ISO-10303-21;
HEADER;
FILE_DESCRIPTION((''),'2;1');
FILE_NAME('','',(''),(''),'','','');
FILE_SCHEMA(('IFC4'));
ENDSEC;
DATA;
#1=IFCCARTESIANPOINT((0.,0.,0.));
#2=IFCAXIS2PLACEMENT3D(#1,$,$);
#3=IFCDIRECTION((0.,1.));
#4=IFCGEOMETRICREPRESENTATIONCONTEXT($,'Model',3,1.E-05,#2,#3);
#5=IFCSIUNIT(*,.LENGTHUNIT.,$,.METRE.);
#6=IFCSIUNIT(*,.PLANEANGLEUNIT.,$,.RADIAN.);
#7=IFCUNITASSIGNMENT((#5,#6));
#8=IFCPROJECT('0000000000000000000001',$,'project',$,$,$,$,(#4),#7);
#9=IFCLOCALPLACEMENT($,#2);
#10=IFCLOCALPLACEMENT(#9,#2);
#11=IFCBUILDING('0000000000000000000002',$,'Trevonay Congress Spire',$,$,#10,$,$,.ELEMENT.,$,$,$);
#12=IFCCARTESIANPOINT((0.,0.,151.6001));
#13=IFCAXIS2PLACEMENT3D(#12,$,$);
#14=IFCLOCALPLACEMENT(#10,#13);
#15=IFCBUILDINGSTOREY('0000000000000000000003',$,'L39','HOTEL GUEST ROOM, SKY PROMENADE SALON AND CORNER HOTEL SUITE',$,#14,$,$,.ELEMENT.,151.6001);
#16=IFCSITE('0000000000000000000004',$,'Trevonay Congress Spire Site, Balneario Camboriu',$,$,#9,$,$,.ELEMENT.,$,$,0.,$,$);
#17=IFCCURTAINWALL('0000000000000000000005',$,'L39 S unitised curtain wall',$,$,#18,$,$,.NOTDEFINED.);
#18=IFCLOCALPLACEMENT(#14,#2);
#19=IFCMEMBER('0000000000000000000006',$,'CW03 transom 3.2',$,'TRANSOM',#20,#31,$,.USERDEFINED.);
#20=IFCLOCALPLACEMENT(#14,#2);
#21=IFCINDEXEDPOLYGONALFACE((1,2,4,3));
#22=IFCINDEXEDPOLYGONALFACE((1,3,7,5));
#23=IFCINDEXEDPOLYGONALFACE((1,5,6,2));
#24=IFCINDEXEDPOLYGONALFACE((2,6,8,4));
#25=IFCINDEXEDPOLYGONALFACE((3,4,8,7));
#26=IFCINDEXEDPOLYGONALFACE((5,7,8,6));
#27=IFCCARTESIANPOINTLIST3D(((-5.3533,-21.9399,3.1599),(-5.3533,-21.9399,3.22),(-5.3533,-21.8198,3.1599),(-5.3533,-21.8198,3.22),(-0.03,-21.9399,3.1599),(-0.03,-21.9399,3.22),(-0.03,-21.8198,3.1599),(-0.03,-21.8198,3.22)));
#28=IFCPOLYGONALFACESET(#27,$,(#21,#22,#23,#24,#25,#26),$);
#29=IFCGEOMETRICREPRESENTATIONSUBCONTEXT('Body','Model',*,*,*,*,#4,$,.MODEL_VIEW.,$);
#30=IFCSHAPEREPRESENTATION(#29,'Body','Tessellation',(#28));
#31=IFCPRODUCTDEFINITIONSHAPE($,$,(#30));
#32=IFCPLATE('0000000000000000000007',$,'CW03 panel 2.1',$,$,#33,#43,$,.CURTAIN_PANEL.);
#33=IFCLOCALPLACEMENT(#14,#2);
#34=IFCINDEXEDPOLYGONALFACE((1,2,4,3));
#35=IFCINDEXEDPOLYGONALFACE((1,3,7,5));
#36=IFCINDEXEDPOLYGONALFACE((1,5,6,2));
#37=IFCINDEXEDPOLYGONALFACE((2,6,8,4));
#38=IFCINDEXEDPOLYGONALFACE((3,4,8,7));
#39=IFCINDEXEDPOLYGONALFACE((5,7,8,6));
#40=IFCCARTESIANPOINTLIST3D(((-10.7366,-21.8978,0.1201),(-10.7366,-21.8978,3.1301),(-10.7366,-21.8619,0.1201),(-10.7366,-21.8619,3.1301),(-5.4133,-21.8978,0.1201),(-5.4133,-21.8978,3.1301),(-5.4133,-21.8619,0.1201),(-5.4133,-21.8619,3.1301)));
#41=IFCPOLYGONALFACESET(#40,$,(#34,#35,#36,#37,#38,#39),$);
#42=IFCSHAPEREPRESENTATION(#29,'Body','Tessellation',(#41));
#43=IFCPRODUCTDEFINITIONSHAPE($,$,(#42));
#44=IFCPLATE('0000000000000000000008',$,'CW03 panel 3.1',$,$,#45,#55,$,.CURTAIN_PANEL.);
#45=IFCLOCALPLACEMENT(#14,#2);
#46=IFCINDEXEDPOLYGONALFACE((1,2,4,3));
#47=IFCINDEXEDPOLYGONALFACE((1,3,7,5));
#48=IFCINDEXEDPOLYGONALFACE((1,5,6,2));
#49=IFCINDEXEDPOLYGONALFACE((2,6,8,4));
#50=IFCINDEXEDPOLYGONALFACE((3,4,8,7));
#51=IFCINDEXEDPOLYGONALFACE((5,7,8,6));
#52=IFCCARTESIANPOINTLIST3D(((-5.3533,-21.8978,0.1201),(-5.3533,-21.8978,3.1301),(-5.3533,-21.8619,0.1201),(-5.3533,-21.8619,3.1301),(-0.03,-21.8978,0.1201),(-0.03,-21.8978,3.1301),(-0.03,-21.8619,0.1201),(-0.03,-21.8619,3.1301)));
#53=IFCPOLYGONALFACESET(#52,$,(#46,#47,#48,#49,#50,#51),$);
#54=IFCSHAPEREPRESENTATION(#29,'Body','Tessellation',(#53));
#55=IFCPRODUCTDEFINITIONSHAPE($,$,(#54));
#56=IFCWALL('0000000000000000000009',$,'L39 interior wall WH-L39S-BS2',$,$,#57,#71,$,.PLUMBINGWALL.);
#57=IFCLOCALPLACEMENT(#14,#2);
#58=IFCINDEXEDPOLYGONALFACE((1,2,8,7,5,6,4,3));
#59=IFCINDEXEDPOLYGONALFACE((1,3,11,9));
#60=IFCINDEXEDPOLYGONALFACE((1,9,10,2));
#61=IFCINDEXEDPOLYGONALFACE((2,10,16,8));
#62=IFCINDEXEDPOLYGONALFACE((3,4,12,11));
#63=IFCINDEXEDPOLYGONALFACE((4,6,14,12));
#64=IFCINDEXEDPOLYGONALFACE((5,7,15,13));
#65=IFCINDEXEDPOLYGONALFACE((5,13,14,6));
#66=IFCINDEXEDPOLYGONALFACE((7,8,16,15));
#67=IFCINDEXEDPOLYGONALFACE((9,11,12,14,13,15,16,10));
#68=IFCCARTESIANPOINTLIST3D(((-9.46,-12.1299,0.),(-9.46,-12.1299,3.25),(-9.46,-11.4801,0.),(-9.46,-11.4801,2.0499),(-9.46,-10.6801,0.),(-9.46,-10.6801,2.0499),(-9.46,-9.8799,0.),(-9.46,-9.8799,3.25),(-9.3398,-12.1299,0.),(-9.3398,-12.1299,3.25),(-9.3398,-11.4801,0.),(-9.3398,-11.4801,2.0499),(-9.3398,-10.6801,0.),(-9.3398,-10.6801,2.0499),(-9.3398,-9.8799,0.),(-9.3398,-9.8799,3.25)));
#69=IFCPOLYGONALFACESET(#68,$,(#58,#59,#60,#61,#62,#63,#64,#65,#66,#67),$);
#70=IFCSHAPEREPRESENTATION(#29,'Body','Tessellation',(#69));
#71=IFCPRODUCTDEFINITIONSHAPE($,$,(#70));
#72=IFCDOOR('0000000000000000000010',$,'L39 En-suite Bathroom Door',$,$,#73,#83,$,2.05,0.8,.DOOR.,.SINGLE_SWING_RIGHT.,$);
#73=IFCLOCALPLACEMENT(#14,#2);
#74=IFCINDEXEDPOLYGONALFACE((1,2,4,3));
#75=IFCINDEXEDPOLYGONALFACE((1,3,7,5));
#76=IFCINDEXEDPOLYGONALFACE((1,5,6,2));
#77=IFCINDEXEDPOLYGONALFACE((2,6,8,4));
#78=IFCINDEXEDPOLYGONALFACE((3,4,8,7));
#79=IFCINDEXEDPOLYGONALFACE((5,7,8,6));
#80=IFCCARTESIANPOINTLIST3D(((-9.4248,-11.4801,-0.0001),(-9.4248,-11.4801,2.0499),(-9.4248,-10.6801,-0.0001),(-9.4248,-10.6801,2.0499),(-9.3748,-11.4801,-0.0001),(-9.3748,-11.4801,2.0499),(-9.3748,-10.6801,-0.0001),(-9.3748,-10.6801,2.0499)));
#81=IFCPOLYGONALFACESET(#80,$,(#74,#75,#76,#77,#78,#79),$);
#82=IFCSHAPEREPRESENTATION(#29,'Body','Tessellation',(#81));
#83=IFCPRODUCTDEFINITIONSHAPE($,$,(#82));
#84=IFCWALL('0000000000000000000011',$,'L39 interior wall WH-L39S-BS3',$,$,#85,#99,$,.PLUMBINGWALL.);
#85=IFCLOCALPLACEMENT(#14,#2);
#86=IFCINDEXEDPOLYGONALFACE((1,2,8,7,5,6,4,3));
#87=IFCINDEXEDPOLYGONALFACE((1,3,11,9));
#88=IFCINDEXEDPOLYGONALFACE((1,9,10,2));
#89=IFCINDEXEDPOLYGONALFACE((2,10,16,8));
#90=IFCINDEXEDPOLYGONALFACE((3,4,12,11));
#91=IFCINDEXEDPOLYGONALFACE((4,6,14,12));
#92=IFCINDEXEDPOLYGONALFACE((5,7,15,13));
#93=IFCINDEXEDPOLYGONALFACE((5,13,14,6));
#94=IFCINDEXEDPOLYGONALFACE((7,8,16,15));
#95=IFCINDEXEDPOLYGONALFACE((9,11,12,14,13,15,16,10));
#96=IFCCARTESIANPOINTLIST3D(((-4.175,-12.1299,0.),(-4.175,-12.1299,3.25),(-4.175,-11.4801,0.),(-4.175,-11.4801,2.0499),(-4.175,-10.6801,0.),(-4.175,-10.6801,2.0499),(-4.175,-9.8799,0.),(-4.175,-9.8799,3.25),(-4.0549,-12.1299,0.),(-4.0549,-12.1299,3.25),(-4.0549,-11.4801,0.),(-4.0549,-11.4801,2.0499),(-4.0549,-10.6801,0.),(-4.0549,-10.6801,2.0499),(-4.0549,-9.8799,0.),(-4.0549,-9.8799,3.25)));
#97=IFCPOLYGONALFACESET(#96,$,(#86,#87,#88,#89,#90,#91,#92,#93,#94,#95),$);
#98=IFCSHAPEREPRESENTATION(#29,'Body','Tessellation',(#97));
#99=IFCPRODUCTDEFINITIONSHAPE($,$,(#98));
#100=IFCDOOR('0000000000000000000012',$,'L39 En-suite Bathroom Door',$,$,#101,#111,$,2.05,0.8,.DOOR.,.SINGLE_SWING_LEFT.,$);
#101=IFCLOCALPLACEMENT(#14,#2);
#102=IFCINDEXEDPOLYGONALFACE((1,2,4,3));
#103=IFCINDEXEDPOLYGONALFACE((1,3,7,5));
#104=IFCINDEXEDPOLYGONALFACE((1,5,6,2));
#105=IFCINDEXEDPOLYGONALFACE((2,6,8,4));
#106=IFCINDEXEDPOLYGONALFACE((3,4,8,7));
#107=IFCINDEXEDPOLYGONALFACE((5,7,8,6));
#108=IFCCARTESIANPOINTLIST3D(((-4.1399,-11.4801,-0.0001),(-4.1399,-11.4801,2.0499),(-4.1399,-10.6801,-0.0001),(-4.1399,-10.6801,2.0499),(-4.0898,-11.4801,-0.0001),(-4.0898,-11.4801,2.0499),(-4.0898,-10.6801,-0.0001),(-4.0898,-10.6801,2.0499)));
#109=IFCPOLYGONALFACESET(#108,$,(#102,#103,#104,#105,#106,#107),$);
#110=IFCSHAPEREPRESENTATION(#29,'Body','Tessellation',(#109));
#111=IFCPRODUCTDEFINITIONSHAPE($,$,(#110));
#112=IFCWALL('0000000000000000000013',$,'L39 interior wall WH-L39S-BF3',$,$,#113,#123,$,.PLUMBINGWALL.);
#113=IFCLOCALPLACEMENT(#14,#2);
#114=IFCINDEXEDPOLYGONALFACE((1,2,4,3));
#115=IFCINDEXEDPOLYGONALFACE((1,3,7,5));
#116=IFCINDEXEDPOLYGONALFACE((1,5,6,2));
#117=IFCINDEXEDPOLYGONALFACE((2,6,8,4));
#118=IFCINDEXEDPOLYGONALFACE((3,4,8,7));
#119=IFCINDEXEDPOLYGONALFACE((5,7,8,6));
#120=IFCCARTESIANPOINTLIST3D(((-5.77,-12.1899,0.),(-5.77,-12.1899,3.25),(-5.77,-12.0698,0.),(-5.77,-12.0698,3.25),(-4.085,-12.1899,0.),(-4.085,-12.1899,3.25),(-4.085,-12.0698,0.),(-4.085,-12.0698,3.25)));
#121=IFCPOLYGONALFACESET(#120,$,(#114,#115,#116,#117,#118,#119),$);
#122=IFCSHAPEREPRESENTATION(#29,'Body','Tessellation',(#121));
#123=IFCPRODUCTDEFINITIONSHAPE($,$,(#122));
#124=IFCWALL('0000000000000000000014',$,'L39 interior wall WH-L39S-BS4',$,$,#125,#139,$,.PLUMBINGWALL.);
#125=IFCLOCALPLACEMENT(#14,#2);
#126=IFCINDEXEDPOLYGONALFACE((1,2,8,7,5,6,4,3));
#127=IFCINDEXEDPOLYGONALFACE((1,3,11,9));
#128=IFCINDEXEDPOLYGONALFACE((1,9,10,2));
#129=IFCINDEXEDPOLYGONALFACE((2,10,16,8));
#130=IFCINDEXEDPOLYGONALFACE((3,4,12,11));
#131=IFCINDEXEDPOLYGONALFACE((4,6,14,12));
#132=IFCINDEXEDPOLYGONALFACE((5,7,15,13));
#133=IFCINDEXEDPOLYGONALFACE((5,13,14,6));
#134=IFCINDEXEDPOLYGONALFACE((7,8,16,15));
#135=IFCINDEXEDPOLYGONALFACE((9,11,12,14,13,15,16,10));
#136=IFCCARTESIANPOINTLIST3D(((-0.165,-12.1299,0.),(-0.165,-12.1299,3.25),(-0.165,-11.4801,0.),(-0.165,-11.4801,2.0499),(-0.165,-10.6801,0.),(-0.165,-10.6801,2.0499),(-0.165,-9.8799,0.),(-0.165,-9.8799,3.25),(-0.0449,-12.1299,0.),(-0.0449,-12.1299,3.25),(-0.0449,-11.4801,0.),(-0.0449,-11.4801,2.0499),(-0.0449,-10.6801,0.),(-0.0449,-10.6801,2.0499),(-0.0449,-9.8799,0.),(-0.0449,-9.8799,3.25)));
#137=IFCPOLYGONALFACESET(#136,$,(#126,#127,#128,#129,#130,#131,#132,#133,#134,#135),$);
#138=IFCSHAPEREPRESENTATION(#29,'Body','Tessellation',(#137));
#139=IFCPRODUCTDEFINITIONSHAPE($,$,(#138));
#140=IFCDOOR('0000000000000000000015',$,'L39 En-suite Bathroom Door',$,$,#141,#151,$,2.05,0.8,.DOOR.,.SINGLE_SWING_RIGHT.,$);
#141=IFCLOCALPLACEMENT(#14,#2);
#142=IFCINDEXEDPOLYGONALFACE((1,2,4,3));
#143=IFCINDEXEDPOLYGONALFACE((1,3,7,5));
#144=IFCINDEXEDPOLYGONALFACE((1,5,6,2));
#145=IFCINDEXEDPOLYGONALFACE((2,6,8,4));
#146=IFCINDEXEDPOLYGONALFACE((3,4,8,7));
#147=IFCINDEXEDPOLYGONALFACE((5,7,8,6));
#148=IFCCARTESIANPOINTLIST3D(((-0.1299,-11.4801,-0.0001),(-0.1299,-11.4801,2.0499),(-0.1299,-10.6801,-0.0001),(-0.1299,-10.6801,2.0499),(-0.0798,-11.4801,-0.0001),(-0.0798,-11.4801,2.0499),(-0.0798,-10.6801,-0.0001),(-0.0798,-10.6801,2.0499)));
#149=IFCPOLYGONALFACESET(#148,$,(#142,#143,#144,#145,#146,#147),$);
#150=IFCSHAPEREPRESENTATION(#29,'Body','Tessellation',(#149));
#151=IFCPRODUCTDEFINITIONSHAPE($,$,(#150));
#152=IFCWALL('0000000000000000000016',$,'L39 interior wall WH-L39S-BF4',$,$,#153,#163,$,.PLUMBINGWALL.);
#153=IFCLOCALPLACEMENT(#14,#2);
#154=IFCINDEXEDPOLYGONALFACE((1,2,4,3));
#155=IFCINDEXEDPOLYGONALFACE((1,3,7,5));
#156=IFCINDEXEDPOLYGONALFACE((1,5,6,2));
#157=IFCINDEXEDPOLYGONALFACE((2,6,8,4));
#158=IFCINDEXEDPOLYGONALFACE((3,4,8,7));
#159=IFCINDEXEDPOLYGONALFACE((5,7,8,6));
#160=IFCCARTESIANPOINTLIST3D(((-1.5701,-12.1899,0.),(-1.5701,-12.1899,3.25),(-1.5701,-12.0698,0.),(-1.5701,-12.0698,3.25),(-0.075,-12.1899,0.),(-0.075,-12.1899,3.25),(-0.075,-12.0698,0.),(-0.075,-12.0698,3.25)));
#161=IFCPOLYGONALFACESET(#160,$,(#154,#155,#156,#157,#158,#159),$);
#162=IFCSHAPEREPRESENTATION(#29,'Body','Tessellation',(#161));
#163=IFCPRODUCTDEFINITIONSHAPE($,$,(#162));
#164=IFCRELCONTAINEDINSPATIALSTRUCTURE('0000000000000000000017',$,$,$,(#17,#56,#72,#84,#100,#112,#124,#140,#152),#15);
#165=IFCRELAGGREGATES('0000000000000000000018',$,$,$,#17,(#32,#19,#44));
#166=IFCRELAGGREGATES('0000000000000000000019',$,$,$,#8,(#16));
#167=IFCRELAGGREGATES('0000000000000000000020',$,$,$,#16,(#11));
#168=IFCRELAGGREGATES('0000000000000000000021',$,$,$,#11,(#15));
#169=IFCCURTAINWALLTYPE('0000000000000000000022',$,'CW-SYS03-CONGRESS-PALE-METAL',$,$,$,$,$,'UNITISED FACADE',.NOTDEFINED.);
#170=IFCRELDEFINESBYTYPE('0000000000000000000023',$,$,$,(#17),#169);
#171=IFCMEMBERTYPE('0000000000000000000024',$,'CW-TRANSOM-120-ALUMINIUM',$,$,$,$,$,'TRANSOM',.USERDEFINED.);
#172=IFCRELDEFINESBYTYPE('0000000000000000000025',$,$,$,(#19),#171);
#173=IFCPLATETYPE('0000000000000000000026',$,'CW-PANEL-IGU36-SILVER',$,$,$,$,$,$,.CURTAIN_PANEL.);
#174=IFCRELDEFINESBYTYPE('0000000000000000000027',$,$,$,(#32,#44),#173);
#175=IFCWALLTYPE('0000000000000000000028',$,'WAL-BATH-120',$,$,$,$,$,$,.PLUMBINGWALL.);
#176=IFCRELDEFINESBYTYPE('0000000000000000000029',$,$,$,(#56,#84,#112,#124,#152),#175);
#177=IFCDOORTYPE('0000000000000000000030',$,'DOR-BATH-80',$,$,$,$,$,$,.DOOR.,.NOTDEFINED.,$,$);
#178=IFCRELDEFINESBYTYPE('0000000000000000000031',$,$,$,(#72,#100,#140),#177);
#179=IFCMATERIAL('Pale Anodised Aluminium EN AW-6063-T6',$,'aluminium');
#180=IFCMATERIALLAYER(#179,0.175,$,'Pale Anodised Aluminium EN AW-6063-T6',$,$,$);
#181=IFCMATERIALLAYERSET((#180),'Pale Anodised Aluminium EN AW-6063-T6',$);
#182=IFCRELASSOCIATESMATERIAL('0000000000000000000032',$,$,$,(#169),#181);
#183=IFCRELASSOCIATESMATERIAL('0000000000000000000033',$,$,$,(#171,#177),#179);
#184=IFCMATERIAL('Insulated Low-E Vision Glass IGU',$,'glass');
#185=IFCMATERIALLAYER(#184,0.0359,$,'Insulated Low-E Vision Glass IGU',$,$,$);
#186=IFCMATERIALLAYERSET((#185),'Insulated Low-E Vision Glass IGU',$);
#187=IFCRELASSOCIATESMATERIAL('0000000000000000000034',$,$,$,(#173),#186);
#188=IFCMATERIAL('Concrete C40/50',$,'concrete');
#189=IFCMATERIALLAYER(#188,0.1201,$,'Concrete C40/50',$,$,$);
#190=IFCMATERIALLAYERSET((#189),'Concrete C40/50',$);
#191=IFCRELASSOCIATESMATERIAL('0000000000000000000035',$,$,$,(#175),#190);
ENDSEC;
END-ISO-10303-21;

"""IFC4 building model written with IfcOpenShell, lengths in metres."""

from ifc_helpers import new_model, si_unit, direction, frame, frame_2d, origin, origin_2d, place, context, subcontext, project, spatial, rectangle, extrude, material, layer, layer_set, material_profile, profile_set, type_object, element, fill, aggregate, save


model = new_model("IFC4")

# Units and contexts
model_context = context("Model", 3, precision=1e-05, world=origin(), true_north=direction((0.0, 1.0)))
body_context = subcontext(model_context, "Body", "Model", "MODEL_VIEW")
ifc_project = project(units=[si_unit("LENGTHUNIT", "METRE"), si_unit("PLANEANGLEUNIT", "RADIAN")], contexts=[model_context])

# Site, building, storey
site_placement = place(None, origin())
site = spatial("IfcSite", under=ifc_project, at=site_placement, Name="Trevonay Congress Spire Site, Balneario Camboriu", CompositionType="ELEMENT", RefElevation=0.0)
building_placement = place(site_placement, origin())
building = spatial("IfcBuilding", under=site, at=building_placement, Name="Trevonay Congress Spire", CompositionType="ELEMENT")
storey_placement = place(building_placement, frame((0.0, 0.0, 151.6001)))
storey = spatial("IfcBuildingStorey", under=building, at=storey_placement, Name="L39", Description="HOTEL GUEST ROOM, SKY PROMENADE SALON AND CORNER HOTEL SUITE", CompositionType="ELEMENT", Elevation=151.6001)

# Curtain wall, member, plates
ifc_material_1 = material(Name="Pale Anodised Aluminium EN AW-6063-T6", Category="aluminium")
ifc_layer_1 = layer(ifc_material_1, 0.175, Name="Pale Anodised Aluminium EN AW-6063-T6")
ifc_layer_set_1 = layer_set([ifc_layer_1], Name="Pale Anodised Aluminium EN AW-6063-T6")
curtain_wall_type = type_object("IfcCurtainWallType", Name="CW-SYS03-CONGRESS-PALE-METAL", ElementType="UNITISED FACADE", PredefinedType="NOTDEFINED", material=ifc_layer_set_1)
curtain_wall_placement = place(storey_placement, origin())
curtain_wall = element("IfcCurtainWall", 1, at=curtain_wall_placement, inside=storey, type_object=curtain_wall_type, Name="L39 S unitised curtain wall", PredefinedType="NOTDEFINED")
ifc_material_profile_1 = material_profile(ifc_material_1, rectangle(XDim=0.1201, YDim=0.0601, at=origin_2d()), Name="CW-TRANSOM-120-ALUMINIUM")
ifc_profile_set_1 = profile_set([ifc_material_profile_1], Name="Pale Anodised Aluminium EN AW-6063-T6")
member_type_1 = type_object("IfcMemberType", Name="CW-TRANSOM-120-ALUMINIUM", ElementType="TRANSOM", PredefinedType="USERDEFINED", material=ifc_profile_set_1)
member_1_placement = place(storey_placement, frame((-5.3533, -21.8799, 3.1899), z_axis=(1.0, 0.0, 0.0), x_axis=(0.0, 1.0, 0.0)))
member_1 = element("IfcMember", 2, at=member_1_placement, type_object=member_type_1, Name="CW03 transom 3.2", ObjectType="TRANSOM", PredefinedType="USERDEFINED", context=body_context, shape_type="SweptSolid", body=[
    extrude(rectangle(XDim=0.1201, YDim=0.0601, at=origin_2d()), origin(), (0.0, 0.0, 1.0), 5.3232),
])
ifc_material_2 = material(Name="Insulated Low-E Vision Glass IGU", Category="glass")
ifc_layer_2 = layer(ifc_material_2, 0.0359, Name="Insulated Low-E Vision Glass IGU")
ifc_layer_set_2 = layer_set([ifc_layer_2], Name="Insulated Low-E Vision Glass IGU")
plate_type = type_object("IfcPlateType", Name="CW-PANEL-IGU36-SILVER", PredefinedType="CURTAIN_PANEL", material=ifc_layer_set_2)
plate_1_placement = place(storey_placement, frame((-8.075, -21.8799, 0.1201), z_axis=(0.0, 0.0, 1.0), x_axis=(1.0, 0.0, 0.0)))
plate_1 = element("IfcPlate", 3, at=plate_1_placement, type_object=plate_type, Name="CW03 panel 2.1", PredefinedType="CURTAIN_PANEL", context=body_context, shape_type="SweptSolid", body=[
    extrude(rectangle(XDim=5.3232, YDim=0.0359, at=origin_2d()), origin(), (0.0, 0.0, 1.0), 3.01),
])
plate_2_placement = place(storey_placement, frame((-2.6917, -21.8799, 0.1201), z_axis=(0.0, 0.0, 1.0), x_axis=(1.0, 0.0, 0.0)))
plate_2 = element("IfcPlate", 4, at=plate_2_placement, type_object=plate_type, Name="CW03 panel 3.1", PredefinedType="CURTAIN_PANEL", context=body_context, shape_type="SweptSolid", body=[
    extrude(rectangle(XDim=5.3232, YDim=0.0359, at=origin_2d()), origin(), (0.0, 0.0, 1.0), 3.01),
])
aggregate(curtain_wall, [plate_1, member_1, plate_2])

# Walls, openings, doors
ifc_material_3 = material(Name="Concrete C40/50", Category="concrete")
ifc_layer_3 = layer(ifc_material_3, 0.1201, Name="Concrete C40/50")
ifc_layer_set_3 = layer_set([ifc_layer_3], Name="Concrete C40/50")
wall_type_1 = type_object("IfcWallType", Name="WAL-BATH-120", PredefinedType="PLUMBINGWALL", material=ifc_layer_set_3)
wall_1_placement = place(storey_placement, frame((-9.3999, -12.1299, 0.0), z_axis=(0.0, 0.0, 1.0), x_axis=(0.0, 1.0, 0.0)))
wall_1 = element("IfcWall", 5, at=wall_1_placement, inside=storey, type_object=wall_type_1, Name="L39 interior wall WH-L39S-BS2", PredefinedType="PLUMBINGWALL", context=body_context, shape_type="SweptSolid", body=[
    extrude(rectangle(XDim=2.25, YDim=0.1201, at=frame_2d((1.125, 0.0))), origin(), (0.0, 0.0, 1.0), 3.25),
])
opening_1_placement = place(wall_1_placement, frame((0.6499, 0.0, 0.0)))
opening_1 = element("IfcOpeningElement", 6, at=opening_1_placement, cuts=wall_1, PredefinedType="OPENING", context=body_context, shape_type="SweptSolid", body=[
    extrude(rectangle(XDim=0.8, YDim=2.05, at=frame_2d((0.3999, 1.0249))), frame((0.0, 0.0701, 0.0), z_axis=(0.0, -1.0, 0.0), x_axis=(1.0, 0.0, 0.0)), (0.0, 0.0, 1.0), 0.1401),
])
door_type_1 = type_object("IfcDoorType", Name="DOR-BATH-80", OperationType="NOTDEFINED", PredefinedType="DOOR", material=ifc_material_1)
door_1_placement = place(opening_1_placement, origin())
door_1 = element("IfcDoor", 7, at=door_1_placement, inside=storey, type_object=door_type_1, Name="L39 En-suite Bathroom Door", OperationType="SINGLE_SWING_RIGHT", OverallHeight=2.05, OverallWidth=0.8, PredefinedType="DOOR", context=body_context, shape_type="SweptSolid", body=[
    extrude(rectangle(XDim=0.8, YDim=2.05, at=frame_2d((0.3999, 1.0249))), frame((0.0, 0.0249, 0.0), z_axis=(0.0, -1.0, 0.0), x_axis=(1.0, 0.0, 0.0)), (0.0, 0.0, 1.0), 0.05),
])
fill(opening_1, door_1)
wall_2_placement = place(storey_placement, frame((-4.115, -12.1299, 0.0), z_axis=(0.0, 0.0, 1.0), x_axis=(0.0, 1.0, 0.0)))
wall_2 = element("IfcWall", 8, at=wall_2_placement, inside=storey, type_object=wall_type_1, Name="L39 interior wall WH-L39S-BS3", PredefinedType="PLUMBINGWALL", context=body_context, shape_type="SweptSolid", body=[
    extrude(rectangle(XDim=2.25, YDim=0.1201, at=frame_2d((1.125, 0.0))), origin(), (0.0, 0.0, 1.0), 3.25),
])
opening_2_placement = place(wall_2_placement, frame((0.6499, 0.0, 0.0)))
opening_2 = element("IfcOpeningElement", 9, at=opening_2_placement, cuts=wall_2, PredefinedType="OPENING", context=body_context, shape_type="SweptSolid", body=[
    extrude(rectangle(XDim=0.8, YDim=2.05, at=frame_2d((0.3999, 1.0249))), frame((0.0, 0.0701, 0.0), z_axis=(0.0, -1.0, 0.0), x_axis=(1.0, 0.0, 0.0)), (0.0, 0.0, 1.0), 0.1401),
])
door_2_placement = place(opening_2_placement, origin())
door_2 = element("IfcDoor", 10, at=door_2_placement, inside=storey, type_object=door_type_1, Name="L39 En-suite Bathroom Door", OperationType="SINGLE_SWING_LEFT", OverallHeight=2.05, OverallWidth=0.8, PredefinedType="DOOR", context=body_context, shape_type="SweptSolid", body=[
    extrude(rectangle(XDim=0.8, YDim=2.05, at=frame_2d((0.3999, 1.0249))), frame((0.0, 0.0249, 0.0), z_axis=(0.0, -1.0, 0.0), x_axis=(1.0, 0.0, 0.0)), (0.0, 0.0, 1.0), 0.05),
])
fill(opening_2, door_2)

# Wall
wall_3_placement = place(storey_placement, frame((-5.77, -12.1299, 0.0), z_axis=(0.0, 0.0, 1.0), x_axis=(1.0, 0.0, 0.0)))
element("IfcWall", 11, at=wall_3_placement, inside=storey, type_object=wall_type_1, Name="L39 interior wall WH-L39S-BF3", PredefinedType="PLUMBINGWALL", context=body_context, shape_type="SweptSolid", body=[
    extrude(rectangle(XDim=1.6851, YDim=0.1201, at=frame_2d((0.8425, 0.0))), origin(), (0.0, 0.0, 1.0), 3.25),
])

# Wall, opening, door
wall_4_placement = place(storey_placement, frame((-0.105, -12.1299, 0.0), z_axis=(0.0, 0.0, 1.0), x_axis=(0.0, 1.0, 0.0)))
wall_4 = element("IfcWall", 12, at=wall_4_placement, inside=storey, type_object=wall_type_1, Name="L39 interior wall WH-L39S-BS4", PredefinedType="PLUMBINGWALL", context=body_context, shape_type="SweptSolid", body=[
    extrude(rectangle(XDim=2.25, YDim=0.1201, at=frame_2d((1.125, 0.0))), origin(), (0.0, 0.0, 1.0), 3.25),
])
opening_3_placement = place(wall_4_placement, frame((0.6499, 0.0, 0.0)))
opening_3 = element("IfcOpeningElement", 13, at=opening_3_placement, cuts=wall_4, PredefinedType="OPENING", context=body_context, shape_type="SweptSolid", body=[
    extrude(rectangle(XDim=0.8, YDim=2.05, at=frame_2d((0.3999, 1.0249))), frame((0.0, 0.0701, 0.0), z_axis=(0.0, -1.0, 0.0), x_axis=(1.0, 0.0, 0.0)), (0.0, 0.0, 1.0), 0.1401),
])
door_3_placement = place(opening_3_placement, origin())
door_3 = element("IfcDoor", 14, at=door_3_placement, inside=storey, type_object=door_type_1, Name="L39 En-suite Bathroom Door", OperationType="SINGLE_SWING_RIGHT", OverallHeight=2.05, OverallWidth=0.8, PredefinedType="DOOR", context=body_context, shape_type="SweptSolid", body=[
    extrude(rectangle(XDim=0.8, YDim=2.05, at=frame_2d((0.3999, 1.0249))), frame((0.0, 0.0249, 0.0), z_axis=(0.0, -1.0, 0.0), x_axis=(1.0, 0.0, 0.0)), (0.0, 0.0, 1.0), 0.05),
])
fill(opening_3, door_3)

# Wall
wall_5_placement = place(storey_placement, frame((-1.5701, -12.1299, 0.0), z_axis=(0.0, 0.0, 1.0), x_axis=(1.0, 0.0, 0.0)))
element("IfcWall", 15, at=wall_5_placement, inside=storey, type_object=wall_type_1, Name="L39 interior wall WH-L39S-BF4", PredefinedType="PLUMBINGWALL", context=body_context, shape_type="SweptSolid", body=[
    extrude(rectangle(XDim=1.4951, YDim=0.1201, at=frame_2d((0.7476, 0.0))), origin(), (0.0, 0.0, 1.0), 3.25),
])

save(model, "model.ifc")
